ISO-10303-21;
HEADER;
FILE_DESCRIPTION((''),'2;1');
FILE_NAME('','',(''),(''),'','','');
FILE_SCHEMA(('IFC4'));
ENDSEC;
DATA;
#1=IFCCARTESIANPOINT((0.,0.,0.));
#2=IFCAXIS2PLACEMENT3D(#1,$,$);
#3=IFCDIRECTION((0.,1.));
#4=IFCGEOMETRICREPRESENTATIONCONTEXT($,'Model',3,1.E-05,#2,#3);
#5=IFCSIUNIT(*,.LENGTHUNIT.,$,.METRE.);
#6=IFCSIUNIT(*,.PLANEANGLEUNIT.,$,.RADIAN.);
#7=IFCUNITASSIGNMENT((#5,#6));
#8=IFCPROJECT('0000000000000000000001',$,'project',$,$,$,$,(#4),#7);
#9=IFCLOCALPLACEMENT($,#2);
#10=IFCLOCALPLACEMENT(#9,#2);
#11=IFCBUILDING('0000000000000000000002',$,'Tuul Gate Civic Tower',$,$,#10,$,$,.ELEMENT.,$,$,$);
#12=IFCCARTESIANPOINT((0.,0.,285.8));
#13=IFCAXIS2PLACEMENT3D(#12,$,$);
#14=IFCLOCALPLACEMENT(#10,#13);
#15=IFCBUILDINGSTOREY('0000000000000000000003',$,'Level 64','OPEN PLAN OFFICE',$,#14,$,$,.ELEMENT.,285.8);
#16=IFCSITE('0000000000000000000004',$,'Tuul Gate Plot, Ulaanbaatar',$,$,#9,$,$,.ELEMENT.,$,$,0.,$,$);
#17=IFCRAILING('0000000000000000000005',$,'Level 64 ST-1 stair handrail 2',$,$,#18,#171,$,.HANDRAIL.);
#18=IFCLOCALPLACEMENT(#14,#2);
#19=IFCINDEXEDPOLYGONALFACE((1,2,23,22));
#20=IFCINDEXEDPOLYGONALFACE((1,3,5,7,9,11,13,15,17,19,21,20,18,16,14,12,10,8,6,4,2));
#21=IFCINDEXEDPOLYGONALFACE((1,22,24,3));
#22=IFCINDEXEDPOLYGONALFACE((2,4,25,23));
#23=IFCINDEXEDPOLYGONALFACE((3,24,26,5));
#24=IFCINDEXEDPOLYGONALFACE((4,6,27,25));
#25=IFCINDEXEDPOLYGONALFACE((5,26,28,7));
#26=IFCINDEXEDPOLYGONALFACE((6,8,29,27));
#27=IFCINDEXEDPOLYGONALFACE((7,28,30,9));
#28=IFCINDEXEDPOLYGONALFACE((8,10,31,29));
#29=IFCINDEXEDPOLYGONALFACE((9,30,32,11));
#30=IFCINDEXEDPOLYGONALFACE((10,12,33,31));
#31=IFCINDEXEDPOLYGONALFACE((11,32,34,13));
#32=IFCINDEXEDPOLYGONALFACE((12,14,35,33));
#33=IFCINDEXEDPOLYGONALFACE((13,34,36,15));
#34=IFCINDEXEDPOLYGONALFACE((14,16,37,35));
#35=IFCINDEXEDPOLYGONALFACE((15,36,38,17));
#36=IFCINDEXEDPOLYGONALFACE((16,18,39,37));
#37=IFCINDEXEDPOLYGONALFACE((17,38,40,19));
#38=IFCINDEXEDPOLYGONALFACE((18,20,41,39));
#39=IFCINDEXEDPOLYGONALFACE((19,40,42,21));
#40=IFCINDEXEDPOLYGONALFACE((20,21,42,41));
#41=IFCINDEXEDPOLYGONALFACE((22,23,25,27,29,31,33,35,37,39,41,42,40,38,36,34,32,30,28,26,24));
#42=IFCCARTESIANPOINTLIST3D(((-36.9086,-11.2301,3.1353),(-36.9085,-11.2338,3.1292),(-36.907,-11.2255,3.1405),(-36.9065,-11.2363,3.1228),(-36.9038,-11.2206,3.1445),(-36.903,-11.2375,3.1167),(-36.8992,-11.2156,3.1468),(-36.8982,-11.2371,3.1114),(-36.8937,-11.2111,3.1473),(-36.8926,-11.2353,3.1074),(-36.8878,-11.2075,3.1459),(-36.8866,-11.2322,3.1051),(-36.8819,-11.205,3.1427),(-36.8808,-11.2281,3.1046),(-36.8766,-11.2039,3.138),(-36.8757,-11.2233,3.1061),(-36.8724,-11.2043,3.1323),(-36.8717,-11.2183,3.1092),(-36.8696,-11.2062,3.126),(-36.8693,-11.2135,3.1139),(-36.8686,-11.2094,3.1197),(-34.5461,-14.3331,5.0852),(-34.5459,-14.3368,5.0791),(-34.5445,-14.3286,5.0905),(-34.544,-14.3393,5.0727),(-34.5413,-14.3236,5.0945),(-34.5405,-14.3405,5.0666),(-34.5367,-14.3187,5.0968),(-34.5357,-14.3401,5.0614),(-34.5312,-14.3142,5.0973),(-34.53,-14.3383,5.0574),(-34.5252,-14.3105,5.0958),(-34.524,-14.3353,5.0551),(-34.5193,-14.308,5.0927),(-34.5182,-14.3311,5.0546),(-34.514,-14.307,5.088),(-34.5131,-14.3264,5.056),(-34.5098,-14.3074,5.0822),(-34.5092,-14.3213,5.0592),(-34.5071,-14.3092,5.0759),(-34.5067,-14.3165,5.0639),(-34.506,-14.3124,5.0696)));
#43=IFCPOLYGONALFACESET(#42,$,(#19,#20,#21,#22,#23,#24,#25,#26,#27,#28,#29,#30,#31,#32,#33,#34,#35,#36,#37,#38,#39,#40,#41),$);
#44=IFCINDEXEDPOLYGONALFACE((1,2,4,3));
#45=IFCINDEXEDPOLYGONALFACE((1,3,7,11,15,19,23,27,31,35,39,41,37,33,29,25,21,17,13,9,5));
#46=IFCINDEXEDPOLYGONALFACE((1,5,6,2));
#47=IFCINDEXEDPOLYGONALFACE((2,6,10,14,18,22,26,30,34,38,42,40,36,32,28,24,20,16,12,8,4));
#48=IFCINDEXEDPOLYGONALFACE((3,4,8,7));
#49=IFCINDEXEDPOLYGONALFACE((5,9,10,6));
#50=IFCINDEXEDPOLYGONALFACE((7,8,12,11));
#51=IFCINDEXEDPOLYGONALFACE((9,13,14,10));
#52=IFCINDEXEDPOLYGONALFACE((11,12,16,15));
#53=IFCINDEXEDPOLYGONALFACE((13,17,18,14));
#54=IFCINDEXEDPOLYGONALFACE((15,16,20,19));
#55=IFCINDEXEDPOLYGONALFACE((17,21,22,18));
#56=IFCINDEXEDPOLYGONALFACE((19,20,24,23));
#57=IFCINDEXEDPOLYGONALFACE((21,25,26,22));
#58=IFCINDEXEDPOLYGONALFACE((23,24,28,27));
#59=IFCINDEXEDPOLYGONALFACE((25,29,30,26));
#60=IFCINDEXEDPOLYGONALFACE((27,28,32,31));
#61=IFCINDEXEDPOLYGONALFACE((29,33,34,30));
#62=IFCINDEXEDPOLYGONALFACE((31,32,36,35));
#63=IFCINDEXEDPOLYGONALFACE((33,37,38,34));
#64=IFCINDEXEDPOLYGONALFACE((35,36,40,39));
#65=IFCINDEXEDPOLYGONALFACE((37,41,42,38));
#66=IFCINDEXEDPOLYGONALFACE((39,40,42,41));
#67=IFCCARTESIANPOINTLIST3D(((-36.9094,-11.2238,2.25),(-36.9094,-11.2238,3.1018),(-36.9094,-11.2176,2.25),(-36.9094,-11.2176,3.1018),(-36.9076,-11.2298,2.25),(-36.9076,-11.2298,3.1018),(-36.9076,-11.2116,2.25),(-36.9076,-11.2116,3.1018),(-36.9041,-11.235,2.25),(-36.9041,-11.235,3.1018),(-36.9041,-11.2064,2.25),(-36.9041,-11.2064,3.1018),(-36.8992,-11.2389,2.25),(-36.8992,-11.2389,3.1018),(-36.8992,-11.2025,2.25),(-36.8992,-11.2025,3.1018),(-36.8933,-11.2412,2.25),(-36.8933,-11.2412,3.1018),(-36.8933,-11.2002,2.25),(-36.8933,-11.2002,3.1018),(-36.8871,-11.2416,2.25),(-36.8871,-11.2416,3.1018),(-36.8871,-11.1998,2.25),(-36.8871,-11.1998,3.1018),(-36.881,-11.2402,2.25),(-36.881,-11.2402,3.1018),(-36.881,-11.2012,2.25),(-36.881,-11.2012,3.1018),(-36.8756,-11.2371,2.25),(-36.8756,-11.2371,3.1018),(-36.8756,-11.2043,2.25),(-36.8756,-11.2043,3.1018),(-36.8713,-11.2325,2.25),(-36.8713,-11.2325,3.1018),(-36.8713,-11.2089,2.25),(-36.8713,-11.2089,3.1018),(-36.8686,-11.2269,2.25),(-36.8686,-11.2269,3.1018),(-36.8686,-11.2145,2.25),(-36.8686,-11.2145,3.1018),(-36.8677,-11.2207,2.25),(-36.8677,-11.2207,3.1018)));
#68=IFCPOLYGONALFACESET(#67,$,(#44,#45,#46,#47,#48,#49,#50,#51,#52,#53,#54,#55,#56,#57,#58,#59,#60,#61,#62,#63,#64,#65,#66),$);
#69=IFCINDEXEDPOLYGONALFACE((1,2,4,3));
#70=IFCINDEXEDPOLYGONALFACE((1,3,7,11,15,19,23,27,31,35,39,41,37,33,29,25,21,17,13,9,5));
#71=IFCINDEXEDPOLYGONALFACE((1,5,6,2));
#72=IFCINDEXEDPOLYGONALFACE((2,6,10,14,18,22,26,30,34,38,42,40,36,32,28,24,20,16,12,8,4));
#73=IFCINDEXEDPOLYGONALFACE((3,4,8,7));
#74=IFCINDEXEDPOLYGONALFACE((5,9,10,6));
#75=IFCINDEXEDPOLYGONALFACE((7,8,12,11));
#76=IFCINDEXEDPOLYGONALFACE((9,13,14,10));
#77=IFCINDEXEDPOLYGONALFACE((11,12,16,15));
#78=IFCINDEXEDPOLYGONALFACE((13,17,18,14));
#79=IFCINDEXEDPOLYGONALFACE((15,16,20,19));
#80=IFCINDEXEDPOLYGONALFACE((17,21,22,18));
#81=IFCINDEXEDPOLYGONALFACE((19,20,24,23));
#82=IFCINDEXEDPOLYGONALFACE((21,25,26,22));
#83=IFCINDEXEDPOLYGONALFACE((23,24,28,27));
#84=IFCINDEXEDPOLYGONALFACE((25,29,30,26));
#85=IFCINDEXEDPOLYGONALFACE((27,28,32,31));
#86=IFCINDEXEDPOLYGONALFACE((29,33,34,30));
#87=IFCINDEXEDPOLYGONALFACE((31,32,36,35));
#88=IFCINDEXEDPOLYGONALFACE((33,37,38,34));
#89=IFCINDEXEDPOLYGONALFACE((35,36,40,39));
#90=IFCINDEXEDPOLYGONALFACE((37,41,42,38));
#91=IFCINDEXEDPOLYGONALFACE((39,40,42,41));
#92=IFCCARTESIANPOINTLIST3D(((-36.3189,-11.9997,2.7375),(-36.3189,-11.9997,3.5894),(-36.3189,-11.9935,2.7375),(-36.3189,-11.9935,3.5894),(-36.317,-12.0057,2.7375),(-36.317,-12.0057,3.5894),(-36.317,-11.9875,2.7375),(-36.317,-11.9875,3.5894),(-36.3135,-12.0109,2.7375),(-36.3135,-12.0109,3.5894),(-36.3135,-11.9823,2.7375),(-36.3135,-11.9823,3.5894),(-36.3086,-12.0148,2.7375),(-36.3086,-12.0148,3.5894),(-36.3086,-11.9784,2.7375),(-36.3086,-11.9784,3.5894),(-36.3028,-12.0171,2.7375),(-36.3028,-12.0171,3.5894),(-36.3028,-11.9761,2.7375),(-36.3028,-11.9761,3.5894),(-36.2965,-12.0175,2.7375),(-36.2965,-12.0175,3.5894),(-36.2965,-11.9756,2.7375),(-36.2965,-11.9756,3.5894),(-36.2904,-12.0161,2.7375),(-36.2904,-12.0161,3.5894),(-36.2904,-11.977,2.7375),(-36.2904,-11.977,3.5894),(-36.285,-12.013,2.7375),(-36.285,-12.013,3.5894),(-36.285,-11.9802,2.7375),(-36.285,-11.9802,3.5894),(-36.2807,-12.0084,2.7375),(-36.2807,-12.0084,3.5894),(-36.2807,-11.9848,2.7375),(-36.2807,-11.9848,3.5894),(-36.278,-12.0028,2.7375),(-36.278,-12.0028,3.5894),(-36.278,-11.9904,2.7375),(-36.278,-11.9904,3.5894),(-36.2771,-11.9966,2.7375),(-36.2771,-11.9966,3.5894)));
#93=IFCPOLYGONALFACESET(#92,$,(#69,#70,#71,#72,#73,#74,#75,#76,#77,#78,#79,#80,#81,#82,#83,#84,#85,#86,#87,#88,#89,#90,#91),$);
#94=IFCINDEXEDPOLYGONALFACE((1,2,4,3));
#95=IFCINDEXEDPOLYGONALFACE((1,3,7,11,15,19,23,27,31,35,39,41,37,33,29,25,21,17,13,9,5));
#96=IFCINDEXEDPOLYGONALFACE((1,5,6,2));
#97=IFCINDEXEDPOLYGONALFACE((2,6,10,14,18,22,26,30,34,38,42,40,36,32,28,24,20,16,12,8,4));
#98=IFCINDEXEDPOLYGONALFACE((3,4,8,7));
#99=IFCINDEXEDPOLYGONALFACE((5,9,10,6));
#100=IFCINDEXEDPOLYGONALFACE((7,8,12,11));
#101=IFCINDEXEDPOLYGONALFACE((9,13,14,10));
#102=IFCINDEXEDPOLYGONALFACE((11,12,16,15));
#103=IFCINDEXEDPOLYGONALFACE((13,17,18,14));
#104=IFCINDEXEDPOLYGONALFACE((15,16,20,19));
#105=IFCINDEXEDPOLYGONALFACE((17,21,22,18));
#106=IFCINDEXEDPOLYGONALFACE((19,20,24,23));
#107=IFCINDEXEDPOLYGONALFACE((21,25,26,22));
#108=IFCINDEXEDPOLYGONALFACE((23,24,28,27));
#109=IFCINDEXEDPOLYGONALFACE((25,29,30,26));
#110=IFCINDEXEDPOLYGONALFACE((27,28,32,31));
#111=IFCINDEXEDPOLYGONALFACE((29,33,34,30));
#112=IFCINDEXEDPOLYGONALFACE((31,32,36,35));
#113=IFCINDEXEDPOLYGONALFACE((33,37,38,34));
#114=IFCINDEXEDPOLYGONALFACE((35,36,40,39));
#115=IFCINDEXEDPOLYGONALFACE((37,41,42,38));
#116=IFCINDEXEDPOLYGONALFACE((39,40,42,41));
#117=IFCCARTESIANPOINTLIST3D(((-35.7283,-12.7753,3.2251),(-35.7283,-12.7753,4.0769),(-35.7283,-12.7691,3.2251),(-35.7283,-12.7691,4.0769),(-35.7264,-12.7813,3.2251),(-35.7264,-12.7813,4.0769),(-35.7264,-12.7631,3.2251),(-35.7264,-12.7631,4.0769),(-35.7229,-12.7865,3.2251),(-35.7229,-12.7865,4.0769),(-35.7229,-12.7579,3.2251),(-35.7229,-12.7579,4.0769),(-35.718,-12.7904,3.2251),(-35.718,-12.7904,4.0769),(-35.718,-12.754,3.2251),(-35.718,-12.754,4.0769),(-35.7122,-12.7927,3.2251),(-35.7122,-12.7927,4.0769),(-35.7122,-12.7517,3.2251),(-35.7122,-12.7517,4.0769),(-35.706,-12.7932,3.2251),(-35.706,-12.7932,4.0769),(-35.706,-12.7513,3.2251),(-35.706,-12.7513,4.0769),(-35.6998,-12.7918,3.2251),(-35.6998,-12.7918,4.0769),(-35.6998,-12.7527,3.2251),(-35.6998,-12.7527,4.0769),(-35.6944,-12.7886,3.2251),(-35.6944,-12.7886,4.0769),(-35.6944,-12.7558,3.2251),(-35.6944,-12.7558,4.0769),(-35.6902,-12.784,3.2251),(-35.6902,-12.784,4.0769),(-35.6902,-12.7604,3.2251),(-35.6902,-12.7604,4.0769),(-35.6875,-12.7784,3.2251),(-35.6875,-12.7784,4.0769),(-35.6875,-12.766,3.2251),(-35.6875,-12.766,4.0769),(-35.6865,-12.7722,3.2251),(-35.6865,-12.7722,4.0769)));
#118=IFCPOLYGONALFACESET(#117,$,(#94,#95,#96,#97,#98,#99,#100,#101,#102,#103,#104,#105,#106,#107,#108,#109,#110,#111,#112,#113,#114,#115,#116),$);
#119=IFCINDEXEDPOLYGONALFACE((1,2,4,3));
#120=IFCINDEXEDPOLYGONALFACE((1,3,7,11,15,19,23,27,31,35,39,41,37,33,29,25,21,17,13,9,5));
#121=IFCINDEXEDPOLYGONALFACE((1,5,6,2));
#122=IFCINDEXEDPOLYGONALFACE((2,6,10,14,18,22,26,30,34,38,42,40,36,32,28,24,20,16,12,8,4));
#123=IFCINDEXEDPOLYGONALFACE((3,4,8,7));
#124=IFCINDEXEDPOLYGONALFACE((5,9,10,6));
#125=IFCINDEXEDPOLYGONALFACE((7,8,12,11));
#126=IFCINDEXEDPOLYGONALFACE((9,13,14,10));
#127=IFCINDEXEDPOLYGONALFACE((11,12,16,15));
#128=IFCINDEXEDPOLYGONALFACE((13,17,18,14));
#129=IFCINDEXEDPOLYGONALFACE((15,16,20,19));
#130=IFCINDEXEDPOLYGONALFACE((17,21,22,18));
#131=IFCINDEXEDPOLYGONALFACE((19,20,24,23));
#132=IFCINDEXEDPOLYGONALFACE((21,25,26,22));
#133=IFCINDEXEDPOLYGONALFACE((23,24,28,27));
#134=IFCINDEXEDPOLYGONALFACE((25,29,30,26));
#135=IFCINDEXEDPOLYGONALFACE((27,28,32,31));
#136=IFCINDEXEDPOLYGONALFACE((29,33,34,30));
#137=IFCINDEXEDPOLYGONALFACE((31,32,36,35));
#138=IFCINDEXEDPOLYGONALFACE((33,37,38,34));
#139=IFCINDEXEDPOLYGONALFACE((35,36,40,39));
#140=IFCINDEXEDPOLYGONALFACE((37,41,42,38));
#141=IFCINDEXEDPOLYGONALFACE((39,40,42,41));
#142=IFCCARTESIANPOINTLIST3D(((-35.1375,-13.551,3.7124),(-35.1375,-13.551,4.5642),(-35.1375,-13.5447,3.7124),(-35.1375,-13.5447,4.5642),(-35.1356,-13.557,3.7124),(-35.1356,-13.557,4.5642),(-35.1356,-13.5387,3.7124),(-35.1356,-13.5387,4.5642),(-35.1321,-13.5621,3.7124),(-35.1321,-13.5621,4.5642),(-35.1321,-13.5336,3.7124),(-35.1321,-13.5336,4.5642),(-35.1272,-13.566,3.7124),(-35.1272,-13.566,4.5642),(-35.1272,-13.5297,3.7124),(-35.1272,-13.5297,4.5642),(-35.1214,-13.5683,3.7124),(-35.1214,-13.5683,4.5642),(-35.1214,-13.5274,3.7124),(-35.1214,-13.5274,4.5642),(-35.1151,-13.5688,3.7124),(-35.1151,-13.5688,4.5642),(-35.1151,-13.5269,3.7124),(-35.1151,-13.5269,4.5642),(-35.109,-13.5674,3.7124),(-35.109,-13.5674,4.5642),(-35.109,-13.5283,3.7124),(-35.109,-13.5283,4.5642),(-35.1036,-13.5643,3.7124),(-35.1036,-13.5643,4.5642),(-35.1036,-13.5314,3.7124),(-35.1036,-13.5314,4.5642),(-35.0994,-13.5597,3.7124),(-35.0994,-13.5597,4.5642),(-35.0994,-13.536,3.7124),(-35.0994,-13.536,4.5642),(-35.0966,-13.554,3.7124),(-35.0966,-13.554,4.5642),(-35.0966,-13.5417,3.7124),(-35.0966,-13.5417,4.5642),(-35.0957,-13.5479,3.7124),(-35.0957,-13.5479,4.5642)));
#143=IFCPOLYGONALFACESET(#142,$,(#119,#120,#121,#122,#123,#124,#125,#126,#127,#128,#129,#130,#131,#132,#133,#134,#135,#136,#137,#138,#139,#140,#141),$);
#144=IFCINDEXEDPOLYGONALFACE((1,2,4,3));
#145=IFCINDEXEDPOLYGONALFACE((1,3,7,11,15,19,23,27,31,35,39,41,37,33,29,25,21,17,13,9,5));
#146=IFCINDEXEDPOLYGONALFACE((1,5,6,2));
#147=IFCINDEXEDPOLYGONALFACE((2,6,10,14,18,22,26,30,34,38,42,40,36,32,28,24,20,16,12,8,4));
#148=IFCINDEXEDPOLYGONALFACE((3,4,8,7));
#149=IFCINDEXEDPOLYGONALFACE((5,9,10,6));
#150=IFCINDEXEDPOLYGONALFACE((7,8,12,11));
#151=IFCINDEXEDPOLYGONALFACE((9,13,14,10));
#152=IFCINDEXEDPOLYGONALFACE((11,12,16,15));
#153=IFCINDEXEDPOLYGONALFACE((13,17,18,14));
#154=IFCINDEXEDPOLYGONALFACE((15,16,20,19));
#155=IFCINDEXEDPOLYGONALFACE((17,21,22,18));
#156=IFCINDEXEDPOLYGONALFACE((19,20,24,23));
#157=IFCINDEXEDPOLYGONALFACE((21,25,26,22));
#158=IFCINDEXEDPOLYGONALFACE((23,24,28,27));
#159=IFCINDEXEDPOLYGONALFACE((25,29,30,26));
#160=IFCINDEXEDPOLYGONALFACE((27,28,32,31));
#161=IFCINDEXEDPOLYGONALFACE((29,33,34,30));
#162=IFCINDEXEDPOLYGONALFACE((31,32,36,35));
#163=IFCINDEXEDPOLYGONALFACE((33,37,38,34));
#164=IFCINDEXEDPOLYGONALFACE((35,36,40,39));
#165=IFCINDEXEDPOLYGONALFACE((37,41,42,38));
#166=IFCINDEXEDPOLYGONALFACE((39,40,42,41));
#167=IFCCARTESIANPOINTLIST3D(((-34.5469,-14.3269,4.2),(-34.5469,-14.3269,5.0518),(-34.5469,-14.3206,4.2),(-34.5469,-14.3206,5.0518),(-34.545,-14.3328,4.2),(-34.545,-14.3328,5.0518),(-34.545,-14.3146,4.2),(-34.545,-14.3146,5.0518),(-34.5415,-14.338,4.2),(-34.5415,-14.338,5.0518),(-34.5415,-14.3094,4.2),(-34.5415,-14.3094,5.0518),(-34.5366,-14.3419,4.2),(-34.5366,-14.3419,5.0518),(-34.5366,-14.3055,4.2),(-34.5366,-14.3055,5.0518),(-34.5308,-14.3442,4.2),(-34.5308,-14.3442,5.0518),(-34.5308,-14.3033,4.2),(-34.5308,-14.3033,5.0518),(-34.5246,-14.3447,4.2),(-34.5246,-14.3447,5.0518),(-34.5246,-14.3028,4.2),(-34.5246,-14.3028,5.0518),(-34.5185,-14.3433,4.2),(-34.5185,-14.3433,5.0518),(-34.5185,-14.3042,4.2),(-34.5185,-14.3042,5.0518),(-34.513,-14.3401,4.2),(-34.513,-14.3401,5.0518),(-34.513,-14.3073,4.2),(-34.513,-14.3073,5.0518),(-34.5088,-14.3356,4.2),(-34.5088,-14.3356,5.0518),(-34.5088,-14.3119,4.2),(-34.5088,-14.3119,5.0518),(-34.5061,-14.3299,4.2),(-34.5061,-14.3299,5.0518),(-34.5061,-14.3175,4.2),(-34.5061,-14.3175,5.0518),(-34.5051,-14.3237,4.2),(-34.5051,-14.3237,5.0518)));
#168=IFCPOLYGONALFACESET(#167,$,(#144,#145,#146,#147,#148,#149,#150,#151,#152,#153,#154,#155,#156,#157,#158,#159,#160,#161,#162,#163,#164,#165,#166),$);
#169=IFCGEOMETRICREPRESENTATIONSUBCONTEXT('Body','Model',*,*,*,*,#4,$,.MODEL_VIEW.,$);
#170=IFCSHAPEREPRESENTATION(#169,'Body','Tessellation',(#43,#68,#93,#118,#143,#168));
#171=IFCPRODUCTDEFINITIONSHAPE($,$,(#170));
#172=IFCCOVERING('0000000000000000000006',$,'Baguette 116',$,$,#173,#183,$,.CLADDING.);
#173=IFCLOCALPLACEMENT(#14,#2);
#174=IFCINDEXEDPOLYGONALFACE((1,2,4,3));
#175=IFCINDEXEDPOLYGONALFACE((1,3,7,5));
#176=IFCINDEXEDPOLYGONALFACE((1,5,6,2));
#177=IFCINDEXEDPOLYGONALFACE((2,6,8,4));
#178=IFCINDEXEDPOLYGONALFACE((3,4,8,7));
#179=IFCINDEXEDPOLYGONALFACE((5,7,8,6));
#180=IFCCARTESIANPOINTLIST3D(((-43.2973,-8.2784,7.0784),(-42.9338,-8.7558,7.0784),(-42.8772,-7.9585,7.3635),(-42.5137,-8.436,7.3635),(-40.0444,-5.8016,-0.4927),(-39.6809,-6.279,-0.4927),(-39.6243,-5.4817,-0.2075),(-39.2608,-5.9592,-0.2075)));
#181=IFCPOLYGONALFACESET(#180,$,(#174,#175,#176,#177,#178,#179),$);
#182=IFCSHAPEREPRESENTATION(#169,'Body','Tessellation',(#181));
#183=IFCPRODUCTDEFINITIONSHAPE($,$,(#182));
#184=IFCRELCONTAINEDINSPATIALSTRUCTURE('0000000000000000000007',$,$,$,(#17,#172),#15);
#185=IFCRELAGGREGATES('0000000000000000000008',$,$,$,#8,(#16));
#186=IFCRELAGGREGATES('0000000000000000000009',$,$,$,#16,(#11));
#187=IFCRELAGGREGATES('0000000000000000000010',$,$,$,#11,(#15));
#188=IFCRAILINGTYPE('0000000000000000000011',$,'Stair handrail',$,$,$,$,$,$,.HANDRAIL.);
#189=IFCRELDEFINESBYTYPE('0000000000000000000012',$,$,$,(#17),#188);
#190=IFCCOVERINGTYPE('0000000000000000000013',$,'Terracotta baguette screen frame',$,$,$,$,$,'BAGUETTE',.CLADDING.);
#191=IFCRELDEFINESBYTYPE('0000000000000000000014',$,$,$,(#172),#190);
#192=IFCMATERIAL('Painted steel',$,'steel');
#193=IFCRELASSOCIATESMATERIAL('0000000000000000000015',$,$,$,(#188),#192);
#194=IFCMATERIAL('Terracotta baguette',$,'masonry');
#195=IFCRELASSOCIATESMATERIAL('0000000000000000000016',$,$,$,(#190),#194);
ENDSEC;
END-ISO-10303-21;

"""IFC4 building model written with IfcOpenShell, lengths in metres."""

from ifc_helpers import new_model, si_unit, direction, frame, origin, origin_2d, place, context, subcontext, project, spatial, rectangle, circle, extrude, material, material_profile, profile_set, type_object, element, save


model = new_model("IFC4")

# Units and contexts
model_context = context("Model", 3, precision=1e-05, world=origin(), true_north=direction((0.0, 1.0)))
body_context = subcontext(model_context, "Body", "Model", "MODEL_VIEW")
ifc_project = project(units=[si_unit("LENGTHUNIT", "METRE"), si_unit("PLANEANGLEUNIT", "RADIAN")], contexts=[model_context])

# Site, building, storey
site_placement = place(None, origin())
site = spatial("IfcSite", under=ifc_project, at=site_placement, Name="Tuul Gate Plot, Ulaanbaatar", CompositionType="ELEMENT", RefElevation=0.0)
building_placement = place(site_placement, origin())
building = spatial("IfcBuilding", under=site, at=building_placement, Name="Tuul Gate Civic Tower", CompositionType="ELEMENT")
storey_placement = place(building_placement, frame((0.0, 0.0, 285.8)))
storey = spatial("IfcBuildingStorey", under=building, at=storey_placement, Name="Level 64", Description="OPEN PLAN OFFICE", CompositionType="ELEMENT", Elevation=285.8)

# Railing
ifc_material_1 = material(Name="Painted steel", Category="steel")
railing_type_1 = type_object("IfcRailingType", Name="Stair handrail", PredefinedType="HANDRAIL", material=ifc_material_1)
railing_1_placement = place(storey_placement, frame((-36.8887, -11.2207, 2.25)))
element("IfcRailing", 1, at=railing_1_placement, inside=storey, type_object=railing_type_1, Name="Level 64 ST-1 stair handrail 2", PredefinedType="HANDRAIL", context=body_context, shape_type="SweptSolid", body=[
    extrude(circle(Radius=0.0239, at=origin_2d()), frame((0.0, 0.0, 0.876), z_axis=(0.541824, -0.711645, 0.4472), x_axis=(0.795637, 0.605773, 0.0)), (0.0, 0.0, 1.0), 4.3604),
    extrude(circle(Radius=0.021, at=origin_2d()), origin(), (0.0, 0.0, 1.0), 0.8518),
    extrude(circle(Radius=0.021, at=origin_2d()), frame((0.5906, -0.7759, 0.4875)), (0.0, 0.0, 1.0), 0.8518),
    extrude(circle(Radius=0.021, at=origin_2d()), frame((1.1812, -1.5515, 0.9751)), (0.0, 0.0, 1.0), 0.8518),
    extrude(circle(Radius=0.021, at=origin_2d()), frame((1.772, -2.3271, 1.4624)), (0.0, 0.0, 1.0), 0.8518),
    extrude(circle(Radius=0.021, at=origin_2d()), frame((2.3625, -3.103, 1.95)), (0.0, 0.0, 1.0), 0.8518),
])

# Covering
ifc_material_2 = material(Name="Terracotta baguette", Category="masonry")
ifc_material_profile_1 = material_profile(ifc_material_2, rectangle(XDim=0.6001, YDim=0.6001, at=origin_2d()), Name="Terracotta baguette screen frame")
ifc_profile_set_1 = profile_set([ifc_material_profile_1], Name="Terracotta baguette")
covering_type = type_object("IfcCoveringType", Name="Terracotta baguette screen frame", ElementType="BAGUETTE", PredefinedType="CLADDING", material=ifc_profile_set_1)
covering_placement = place(storey_placement, frame((-42.9055, -8.3572, 7.2209), z_axis=(0.378051, 0.287851, -0.879897), x_axis=(-0.605793, 0.795622, 0.0)))
element("IfcCovering", 2, at=covering_placement, inside=storey, type_object=covering_type, Name="Baguette 116", PredefinedType="CLADDING", context=body_context, shape_type="SweptSolid", body=[
    extrude(rectangle(XDim=0.6001, YDim=0.6001, at=origin_2d()), origin(), (0.0, 0.0, 1.0), 8.6045),
])

save(model, "model.ifc")
